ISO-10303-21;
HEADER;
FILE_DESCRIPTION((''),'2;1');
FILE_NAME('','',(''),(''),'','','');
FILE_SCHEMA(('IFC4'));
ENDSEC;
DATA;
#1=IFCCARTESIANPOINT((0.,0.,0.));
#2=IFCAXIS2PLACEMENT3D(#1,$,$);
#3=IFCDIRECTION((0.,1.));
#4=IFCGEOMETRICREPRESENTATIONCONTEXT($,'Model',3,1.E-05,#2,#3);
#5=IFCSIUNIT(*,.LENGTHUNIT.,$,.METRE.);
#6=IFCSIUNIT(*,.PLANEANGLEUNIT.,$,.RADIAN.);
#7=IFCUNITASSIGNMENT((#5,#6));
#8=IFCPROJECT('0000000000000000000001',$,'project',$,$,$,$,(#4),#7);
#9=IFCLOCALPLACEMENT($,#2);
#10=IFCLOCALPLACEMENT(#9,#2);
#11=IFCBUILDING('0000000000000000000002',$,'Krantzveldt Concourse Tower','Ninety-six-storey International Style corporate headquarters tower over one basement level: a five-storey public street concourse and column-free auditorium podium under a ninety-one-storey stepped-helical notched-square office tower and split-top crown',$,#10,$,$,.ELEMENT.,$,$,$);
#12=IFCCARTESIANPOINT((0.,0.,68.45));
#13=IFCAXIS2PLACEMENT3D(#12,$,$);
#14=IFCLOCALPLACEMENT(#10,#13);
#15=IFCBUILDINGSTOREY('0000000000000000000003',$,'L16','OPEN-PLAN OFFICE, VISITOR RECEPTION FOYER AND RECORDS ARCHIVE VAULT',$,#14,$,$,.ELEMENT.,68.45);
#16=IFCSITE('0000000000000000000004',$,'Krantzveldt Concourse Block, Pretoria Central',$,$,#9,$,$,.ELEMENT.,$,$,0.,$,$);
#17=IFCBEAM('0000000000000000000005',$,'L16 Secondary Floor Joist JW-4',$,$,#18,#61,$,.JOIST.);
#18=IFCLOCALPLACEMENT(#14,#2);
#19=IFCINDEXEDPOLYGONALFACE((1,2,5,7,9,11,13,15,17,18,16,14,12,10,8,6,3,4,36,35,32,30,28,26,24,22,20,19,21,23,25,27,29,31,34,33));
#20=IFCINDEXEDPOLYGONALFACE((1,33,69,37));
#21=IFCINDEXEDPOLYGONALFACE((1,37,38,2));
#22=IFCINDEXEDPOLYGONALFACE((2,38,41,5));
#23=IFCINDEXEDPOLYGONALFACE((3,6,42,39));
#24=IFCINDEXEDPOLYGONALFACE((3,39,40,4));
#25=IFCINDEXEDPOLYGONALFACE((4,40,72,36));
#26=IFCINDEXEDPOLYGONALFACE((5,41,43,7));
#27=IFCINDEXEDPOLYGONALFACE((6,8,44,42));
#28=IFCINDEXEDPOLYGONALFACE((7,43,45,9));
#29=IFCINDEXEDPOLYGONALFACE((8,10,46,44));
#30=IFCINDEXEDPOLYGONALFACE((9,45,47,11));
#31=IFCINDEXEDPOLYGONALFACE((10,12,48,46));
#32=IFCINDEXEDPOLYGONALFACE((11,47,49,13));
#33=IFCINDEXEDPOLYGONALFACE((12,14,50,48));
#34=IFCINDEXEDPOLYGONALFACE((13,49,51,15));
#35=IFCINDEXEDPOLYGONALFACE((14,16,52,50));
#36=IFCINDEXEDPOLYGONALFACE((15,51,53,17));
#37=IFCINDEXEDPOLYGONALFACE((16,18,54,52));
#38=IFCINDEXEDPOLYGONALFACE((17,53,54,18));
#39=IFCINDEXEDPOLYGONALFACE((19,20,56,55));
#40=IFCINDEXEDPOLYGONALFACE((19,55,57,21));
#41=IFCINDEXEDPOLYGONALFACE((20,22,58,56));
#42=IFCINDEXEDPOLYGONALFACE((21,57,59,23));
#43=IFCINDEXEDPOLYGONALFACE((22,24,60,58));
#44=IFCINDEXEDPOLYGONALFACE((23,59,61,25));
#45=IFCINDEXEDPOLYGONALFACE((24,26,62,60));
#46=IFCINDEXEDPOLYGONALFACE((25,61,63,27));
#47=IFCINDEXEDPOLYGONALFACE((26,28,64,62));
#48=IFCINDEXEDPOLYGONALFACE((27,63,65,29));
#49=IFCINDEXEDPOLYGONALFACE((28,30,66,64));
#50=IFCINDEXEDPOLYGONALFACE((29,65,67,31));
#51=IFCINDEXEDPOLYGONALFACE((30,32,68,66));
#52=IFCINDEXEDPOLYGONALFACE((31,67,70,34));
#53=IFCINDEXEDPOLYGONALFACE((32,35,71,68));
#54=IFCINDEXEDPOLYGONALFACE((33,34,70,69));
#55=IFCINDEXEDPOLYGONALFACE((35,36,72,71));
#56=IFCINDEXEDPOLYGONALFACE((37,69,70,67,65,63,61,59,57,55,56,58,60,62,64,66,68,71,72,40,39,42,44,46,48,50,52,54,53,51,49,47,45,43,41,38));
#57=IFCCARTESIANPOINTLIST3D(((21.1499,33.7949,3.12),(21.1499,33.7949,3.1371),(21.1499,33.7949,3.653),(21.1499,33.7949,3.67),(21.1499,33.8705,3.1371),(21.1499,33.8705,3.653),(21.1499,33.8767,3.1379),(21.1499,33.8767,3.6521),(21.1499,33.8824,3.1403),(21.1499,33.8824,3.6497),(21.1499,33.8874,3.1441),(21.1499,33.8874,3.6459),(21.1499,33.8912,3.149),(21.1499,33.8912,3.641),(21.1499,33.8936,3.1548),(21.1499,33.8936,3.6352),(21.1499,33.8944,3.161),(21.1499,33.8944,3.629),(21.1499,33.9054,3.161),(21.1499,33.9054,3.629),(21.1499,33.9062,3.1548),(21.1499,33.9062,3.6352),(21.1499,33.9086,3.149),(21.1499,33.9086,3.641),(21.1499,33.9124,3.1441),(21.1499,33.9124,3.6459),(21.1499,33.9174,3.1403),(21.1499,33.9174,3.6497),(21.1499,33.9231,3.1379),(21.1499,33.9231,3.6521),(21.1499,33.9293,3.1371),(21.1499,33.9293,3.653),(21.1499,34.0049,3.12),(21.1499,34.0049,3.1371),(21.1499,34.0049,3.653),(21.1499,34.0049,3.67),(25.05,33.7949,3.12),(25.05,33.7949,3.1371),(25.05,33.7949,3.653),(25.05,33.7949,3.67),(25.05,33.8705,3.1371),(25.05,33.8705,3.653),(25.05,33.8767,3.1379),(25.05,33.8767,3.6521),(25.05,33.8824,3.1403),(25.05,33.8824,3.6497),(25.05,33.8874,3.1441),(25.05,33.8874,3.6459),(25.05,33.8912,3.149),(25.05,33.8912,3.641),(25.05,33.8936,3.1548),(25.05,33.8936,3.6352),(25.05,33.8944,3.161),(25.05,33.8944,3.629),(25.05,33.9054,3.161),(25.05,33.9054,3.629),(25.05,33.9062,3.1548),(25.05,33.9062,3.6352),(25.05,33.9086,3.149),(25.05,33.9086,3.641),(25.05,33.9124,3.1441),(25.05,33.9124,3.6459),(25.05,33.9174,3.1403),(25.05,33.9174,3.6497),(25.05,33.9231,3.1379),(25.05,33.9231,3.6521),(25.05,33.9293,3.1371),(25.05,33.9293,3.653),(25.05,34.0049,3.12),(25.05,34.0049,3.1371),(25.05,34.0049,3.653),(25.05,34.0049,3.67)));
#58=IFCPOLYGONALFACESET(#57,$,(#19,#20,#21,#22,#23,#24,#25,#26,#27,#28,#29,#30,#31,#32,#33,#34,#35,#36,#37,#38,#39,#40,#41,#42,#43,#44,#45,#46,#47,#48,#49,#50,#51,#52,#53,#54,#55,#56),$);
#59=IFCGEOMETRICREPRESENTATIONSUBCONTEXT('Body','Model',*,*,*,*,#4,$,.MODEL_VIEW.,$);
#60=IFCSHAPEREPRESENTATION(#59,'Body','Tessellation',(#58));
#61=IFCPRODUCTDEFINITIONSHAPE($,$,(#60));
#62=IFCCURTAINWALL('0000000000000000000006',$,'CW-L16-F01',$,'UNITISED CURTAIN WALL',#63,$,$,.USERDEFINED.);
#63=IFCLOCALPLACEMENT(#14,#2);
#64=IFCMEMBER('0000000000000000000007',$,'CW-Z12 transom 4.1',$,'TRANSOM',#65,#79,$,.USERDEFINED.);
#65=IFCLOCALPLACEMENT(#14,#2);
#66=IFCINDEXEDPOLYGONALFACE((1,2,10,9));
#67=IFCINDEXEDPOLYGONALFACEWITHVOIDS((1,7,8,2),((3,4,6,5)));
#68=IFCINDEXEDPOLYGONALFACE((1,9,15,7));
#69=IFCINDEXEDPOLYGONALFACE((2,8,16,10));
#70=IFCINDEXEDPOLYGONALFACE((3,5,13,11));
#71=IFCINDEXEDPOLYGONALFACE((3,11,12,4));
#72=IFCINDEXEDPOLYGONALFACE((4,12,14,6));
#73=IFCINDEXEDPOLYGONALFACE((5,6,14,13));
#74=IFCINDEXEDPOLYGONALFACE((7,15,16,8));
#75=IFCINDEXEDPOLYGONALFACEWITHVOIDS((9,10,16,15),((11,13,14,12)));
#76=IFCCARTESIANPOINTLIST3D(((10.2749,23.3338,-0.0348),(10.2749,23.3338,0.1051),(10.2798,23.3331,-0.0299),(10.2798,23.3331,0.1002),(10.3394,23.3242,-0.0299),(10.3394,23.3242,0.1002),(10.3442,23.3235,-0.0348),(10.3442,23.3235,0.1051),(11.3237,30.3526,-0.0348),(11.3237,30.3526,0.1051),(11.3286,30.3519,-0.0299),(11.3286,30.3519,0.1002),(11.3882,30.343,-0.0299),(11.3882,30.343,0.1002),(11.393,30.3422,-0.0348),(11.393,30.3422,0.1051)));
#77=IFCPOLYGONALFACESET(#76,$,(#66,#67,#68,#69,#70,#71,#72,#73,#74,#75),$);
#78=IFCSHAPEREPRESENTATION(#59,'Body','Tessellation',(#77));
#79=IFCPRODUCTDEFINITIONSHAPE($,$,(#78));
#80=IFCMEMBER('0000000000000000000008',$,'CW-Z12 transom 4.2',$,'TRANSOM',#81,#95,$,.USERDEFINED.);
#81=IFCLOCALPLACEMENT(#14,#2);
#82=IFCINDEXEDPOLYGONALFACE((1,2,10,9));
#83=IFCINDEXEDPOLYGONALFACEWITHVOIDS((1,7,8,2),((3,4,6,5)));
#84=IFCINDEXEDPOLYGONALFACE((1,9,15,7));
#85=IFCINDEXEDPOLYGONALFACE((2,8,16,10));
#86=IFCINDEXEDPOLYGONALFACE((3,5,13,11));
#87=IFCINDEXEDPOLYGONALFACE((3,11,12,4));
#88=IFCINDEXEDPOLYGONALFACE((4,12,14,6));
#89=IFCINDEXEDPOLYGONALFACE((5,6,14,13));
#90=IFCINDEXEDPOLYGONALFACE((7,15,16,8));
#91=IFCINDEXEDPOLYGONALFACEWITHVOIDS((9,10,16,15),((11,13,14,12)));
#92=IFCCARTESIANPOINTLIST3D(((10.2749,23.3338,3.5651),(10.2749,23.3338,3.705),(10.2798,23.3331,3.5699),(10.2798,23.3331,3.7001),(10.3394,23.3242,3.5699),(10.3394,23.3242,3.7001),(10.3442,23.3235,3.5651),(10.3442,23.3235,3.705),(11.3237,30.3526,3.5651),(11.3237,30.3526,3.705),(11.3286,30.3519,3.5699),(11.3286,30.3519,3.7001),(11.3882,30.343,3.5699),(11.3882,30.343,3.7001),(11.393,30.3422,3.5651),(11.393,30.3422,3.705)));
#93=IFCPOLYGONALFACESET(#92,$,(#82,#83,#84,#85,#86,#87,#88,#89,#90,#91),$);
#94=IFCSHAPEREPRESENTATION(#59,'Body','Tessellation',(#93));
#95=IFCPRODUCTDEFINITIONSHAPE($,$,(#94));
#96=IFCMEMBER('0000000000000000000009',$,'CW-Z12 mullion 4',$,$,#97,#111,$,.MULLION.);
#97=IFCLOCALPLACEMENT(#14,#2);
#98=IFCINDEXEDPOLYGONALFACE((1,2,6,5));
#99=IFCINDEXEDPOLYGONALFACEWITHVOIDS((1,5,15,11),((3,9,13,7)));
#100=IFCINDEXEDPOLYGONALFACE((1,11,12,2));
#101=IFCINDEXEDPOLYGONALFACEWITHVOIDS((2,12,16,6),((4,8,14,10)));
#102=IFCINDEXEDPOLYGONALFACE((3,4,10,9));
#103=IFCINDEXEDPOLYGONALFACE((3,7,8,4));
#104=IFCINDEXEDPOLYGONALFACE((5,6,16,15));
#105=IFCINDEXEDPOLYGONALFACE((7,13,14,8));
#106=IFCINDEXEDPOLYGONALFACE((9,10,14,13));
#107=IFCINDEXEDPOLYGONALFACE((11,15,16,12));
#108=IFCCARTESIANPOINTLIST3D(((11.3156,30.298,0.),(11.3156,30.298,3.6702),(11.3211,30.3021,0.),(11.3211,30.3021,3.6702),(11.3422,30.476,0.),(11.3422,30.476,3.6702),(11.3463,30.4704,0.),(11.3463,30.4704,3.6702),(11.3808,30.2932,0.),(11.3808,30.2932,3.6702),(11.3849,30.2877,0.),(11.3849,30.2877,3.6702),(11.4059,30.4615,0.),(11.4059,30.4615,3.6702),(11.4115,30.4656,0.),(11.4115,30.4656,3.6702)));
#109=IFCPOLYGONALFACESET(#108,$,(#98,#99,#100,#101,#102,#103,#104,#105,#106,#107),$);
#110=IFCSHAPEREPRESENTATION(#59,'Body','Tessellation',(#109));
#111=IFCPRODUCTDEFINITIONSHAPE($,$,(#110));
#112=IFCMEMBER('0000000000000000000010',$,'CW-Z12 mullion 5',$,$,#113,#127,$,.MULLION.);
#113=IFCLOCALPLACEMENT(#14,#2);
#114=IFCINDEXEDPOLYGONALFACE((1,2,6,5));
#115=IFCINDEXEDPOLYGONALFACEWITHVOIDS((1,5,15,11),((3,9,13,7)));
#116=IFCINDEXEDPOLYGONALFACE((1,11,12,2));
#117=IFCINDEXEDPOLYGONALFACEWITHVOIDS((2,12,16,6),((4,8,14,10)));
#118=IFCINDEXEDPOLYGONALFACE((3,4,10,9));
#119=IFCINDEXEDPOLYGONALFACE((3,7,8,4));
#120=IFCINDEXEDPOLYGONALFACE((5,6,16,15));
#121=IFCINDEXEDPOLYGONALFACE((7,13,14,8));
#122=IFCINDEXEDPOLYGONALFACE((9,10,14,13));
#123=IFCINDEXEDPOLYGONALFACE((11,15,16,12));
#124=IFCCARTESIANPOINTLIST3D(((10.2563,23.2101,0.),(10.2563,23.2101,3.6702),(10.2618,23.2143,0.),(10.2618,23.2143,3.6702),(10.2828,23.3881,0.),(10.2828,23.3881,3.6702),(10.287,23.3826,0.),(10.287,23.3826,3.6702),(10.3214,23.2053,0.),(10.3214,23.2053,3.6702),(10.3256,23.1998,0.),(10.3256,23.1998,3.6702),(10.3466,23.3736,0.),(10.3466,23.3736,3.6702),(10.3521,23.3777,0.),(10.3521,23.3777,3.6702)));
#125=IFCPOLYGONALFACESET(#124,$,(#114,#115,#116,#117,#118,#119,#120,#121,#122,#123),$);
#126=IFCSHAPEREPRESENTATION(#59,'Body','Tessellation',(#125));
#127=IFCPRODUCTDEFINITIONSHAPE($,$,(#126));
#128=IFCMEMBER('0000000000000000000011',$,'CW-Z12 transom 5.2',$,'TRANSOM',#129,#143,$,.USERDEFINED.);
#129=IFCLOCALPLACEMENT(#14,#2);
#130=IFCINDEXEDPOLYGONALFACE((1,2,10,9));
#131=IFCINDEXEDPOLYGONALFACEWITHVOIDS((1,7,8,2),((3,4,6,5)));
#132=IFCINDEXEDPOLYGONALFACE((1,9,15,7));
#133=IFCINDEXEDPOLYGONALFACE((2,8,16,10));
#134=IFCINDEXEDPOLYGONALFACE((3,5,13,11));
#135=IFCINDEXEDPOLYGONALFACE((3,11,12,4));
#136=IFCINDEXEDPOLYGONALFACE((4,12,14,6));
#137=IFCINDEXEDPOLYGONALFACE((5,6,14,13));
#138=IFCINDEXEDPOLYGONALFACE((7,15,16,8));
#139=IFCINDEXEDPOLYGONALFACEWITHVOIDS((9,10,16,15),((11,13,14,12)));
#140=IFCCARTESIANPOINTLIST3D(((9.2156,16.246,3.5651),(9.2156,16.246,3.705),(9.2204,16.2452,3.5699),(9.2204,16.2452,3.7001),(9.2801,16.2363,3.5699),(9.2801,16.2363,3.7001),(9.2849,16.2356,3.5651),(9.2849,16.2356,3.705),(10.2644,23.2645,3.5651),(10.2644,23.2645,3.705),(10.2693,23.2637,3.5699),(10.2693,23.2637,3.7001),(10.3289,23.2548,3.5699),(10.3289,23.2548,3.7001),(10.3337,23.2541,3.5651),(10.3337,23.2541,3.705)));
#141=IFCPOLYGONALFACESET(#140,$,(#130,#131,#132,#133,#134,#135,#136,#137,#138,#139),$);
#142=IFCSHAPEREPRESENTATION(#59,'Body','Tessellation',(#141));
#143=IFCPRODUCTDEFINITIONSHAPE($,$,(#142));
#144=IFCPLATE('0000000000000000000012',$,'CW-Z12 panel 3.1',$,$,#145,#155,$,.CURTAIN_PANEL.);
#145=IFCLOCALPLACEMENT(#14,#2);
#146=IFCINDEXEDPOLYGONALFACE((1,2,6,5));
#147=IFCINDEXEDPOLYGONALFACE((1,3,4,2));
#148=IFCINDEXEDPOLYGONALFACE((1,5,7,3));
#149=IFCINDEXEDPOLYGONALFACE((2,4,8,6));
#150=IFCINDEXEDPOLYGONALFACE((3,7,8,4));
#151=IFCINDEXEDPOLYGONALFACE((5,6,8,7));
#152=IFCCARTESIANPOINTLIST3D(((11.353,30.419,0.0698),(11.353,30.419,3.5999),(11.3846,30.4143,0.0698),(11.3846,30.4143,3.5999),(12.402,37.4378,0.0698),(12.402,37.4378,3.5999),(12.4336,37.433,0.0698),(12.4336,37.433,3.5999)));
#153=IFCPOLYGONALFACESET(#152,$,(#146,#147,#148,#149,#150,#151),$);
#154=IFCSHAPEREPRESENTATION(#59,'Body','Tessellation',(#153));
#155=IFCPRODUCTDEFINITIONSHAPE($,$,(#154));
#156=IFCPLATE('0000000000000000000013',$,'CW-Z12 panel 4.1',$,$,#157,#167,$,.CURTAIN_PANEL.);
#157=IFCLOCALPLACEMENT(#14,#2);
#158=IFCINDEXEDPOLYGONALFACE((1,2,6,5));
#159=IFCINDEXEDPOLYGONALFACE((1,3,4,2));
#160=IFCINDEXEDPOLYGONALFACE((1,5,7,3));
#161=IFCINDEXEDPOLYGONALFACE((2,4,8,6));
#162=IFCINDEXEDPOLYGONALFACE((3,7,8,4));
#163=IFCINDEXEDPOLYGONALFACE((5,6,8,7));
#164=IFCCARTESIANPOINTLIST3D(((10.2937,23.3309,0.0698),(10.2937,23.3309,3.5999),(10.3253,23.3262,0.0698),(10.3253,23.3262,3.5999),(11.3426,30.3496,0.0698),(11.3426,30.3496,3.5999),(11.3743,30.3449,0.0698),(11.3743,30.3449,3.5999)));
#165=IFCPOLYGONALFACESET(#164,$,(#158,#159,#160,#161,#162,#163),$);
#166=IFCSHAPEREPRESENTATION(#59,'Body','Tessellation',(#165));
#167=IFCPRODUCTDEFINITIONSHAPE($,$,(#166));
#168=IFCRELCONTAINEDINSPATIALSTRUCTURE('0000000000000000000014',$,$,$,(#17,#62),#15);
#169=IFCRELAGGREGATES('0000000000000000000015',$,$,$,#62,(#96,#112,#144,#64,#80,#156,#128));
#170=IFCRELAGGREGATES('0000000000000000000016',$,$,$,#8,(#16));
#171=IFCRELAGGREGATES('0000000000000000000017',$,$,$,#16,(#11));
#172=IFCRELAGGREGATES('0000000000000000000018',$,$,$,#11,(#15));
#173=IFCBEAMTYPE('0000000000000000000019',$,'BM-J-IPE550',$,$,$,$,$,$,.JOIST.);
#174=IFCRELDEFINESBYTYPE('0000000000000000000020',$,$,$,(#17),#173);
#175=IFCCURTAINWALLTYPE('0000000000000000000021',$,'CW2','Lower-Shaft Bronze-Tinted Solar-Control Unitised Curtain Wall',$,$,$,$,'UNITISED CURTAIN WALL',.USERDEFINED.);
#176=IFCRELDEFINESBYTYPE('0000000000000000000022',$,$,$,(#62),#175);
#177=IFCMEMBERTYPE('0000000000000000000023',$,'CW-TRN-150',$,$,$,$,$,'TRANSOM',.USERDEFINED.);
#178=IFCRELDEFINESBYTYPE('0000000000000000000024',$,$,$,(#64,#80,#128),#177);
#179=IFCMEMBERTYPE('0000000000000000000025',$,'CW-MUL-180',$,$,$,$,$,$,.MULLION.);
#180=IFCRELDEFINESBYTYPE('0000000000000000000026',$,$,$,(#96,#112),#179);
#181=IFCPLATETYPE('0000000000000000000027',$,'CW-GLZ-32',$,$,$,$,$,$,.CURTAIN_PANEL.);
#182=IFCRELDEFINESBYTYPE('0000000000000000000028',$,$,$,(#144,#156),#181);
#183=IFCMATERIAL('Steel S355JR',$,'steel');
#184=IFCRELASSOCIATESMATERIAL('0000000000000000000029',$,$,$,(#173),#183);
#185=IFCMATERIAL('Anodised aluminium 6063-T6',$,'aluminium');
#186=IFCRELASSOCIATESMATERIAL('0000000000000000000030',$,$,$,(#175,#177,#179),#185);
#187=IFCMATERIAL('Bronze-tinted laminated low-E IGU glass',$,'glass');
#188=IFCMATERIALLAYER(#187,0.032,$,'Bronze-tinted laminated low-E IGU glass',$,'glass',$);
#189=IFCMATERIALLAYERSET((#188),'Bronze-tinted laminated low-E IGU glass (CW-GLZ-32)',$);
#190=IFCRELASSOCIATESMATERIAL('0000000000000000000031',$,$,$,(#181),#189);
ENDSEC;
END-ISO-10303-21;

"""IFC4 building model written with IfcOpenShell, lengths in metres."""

from ifc_helpers import new_model, si_unit, direction, frame, origin, origin_2d, place, context, subcontext, project, spatial, rectangle, hollow_rectangle, i_section, extrude, source, transform, mapped, material, layer, layer_set, material_profile, profile_set, type_object, type_shapes, element, aggregate, save


model = new_model("IFC4")

# Units and contexts
model_context = context("Model", 3, precision=1e-05, world=origin(), true_north=direction((0.0, 1.0)))
body_context = subcontext(model_context, "Body", "Model", "MODEL_VIEW")
ifc_project = project(units=[si_unit("LENGTHUNIT", "METRE"), si_unit("PLANEANGLEUNIT", "RADIAN")], contexts=[model_context])

# Site, building, storey
site_placement = place(None, origin())
site = spatial("IfcSite", under=ifc_project, at=site_placement, Name="Krantzveldt Concourse Block, Pretoria Central", CompositionType="ELEMENT", RefElevation=0.0)
building_placement = place(site_placement, origin())
building = spatial("IfcBuilding", under=site, at=building_placement, Name="Krantzveldt Concourse Tower", Description="Ninety-six-storey International Style corporate headquarters tower over one basement level: a five-storey public street concourse and column-free auditorium podium under a ninety-one-storey stepped-helical notched-square office tower and split-top crown", CompositionType="ELEMENT")
storey_placement = place(building_placement, frame((0.0, 0.0, 68.45)))
storey = spatial("IfcBuildingStorey", under=building, at=storey_placement, Name="L16", Description="OPEN-PLAN OFFICE, VISITOR RECEPTION FOYER AND RECORDS ARCHIVE VAULT", CompositionType="ELEMENT", Elevation=68.45)

# Beam
ifc_material_1 = material(Name="Steel S355JR", Category="steel")
ifc_material_profile_1 = material_profile(ifc_material_1, i_section(OverallWidth=0.21, OverallDepth=0.55, WebThickness=0.011, FlangeThickness=0.0171, FilletRadius=0.0239, at=origin_2d()), Name="Steel S355JR", Category="steel")
ifc_profile_set_1 = profile_set([ifc_material_profile_1], Name="Steel S355JR - IPE 550")
beam_type_1 = type_object("IfcBeamType", Name="BM-J-IPE550", PredefinedType="JOIST", material=ifc_profile_set_1)
shared_shape_1 = source(origin(), body_context, "Body", "SweptSolid", [
    extrude(i_section(OverallWidth=0.21, OverallDepth=0.55, WebThickness=0.011, FlangeThickness=0.0171, FilletRadius=0.0239, at=origin_2d()), origin(), (0.0, 0.0, 1.0), 3.9001),
])
type_shapes(beam_type_1, [shared_shape_1])
for number, where, z_axis, x_axis, name in (
    (1, (21.1499, 33.8999, 3.395), (1.0, 0.0, 0.0), (0.0, 1.0, 0.0), "L16 Secondary Floor Joist JW-4"),
):
    element("IfcBeam", number, at=place(storey_placement, frame(where, z_axis=z_axis, x_axis=x_axis)), inside=storey, type_object=beam_type_1, Name=name, PredefinedType="JOIST", context=body_context, shape_type="MappedRepresentation", body=[
        mapped(shared_shape_1, transform((0.0, 0.0, 0.0), x_axis=(1.0, 0.0, 0.0), y_axis=(0.0, 1.0, 0.0), z_axis=(0.0, 0.0, 1.0), scale=1.0)),
    ])

# Curtain wall, members, plates
ifc_material_2 = material(Name="Anodised aluminium 6063-T6", Category="aluminium")
curtain_wall_type = type_object("IfcCurtainWallType", Name="CW2", Description="Lower-Shaft Bronze-Tinted Solar-Control Unitised Curtain Wall", ElementType="UNITISED CURTAIN WALL", PredefinedType="USERDEFINED", material=ifc_material_2)
curtain_wall_placement = place(storey_placement, origin())
curtain_wall = element("IfcCurtainWall", 2, at=curtain_wall_placement, inside=storey, type_object=curtain_wall_type, Name="CW-L16-F01", ObjectType="UNITISED CURTAIN WALL", PredefinedType="USERDEFINED")
ifc_material_profile_2 = material_profile(ifc_material_2, hollow_rectangle(XDim=0.0701, YDim=0.1399, WallThickness=0.0049, at=origin_2d()), Name="Anodised aluminium 6063-T6", Category="aluminium")
ifc_profile_set_2 = profile_set([ifc_material_profile_2], Name="Anodised aluminium 6063-T6 - ALU-TRAN 140x70x5")
member_type_1 = type_object("IfcMemberType", Name="CW-TRN-150", ElementType="TRANSOM", PredefinedType="USERDEFINED", material=ifc_profile_set_2)
shared_shape_2 = source(origin(), body_context, "Body", "SweptSolid", [
    extrude(hollow_rectangle(XDim=0.0701, YDim=0.1399, WallThickness=0.0049, at=origin_2d()), origin(), (0.0, 0.0, 1.0), 7.0967),
])
member_1_placement = place(storey_placement, frame((11.3584, 30.3474, 0.0352), z_axis=(-0.14779, -0.989019, 0.0), x_axis=(0.989019, -0.14779, 0.0)))
member_1 = element("IfcMember", 3, at=member_1_placement, type_object=member_type_1, Name="CW-Z12 transom 4.1", ObjectType="TRANSOM", PredefinedType="USERDEFINED", context=body_context, shape_type="MappedRepresentation", body=[
    mapped(shared_shape_2, transform((0.0, 0.0, 0.0), x_axis=(1.0, 0.0, 0.0), y_axis=(0.0, 1.0, 0.0), z_axis=(0.0, 0.0, 1.0), scale=1.0)),
])
member_2_placement = place(storey_placement, frame((11.3584, 30.3474, 3.635), z_axis=(-0.14779, -0.989019, 0.0), x_axis=(0.989019, -0.14779, 0.0)))
member_2 = element("IfcMember", 4, at=member_2_placement, type_object=member_type_1, Name="CW-Z12 transom 4.2", ObjectType="TRANSOM", PredefinedType="USERDEFINED", context=body_context, shape_type="MappedRepresentation", body=[
    mapped(shared_shape_2, transform((0.0, 0.0, 0.0), x_axis=(1.0, 0.0, 0.0), y_axis=(0.0, 1.0, 0.0), z_axis=(0.0, 0.0, 1.0), scale=1.0)),
])
ifc_material_profile_3 = material_profile(ifc_material_2, hollow_rectangle(XDim=0.0701, YDim=0.1799, WallThickness=0.0049, at=origin_2d()), Name="Anodised aluminium 6063-T6", Category="aluminium")
ifc_profile_set_3 = profile_set([ifc_material_profile_3], Name="Anodised aluminium 6063-T6 - ALU-MULL 180x70x5")
member_type_2 = type_object("IfcMemberType", Name="CW-MUL-180", PredefinedType="MULLION", material=ifc_profile_set_3)
shared_shape_3 = source(origin(), body_context, "Body", "SweptSolid", [
    extrude(hollow_rectangle(XDim=0.0701, YDim=0.1799, WallThickness=0.0049, at=origin_2d()), origin(), (0.0, 0.0, 1.0), 3.6702),
])
type_shapes(member_type_2, [shared_shape_3])
member_3_placement = place(storey_placement, frame((11.3635, 30.3818, 0.0), z_axis=(0.0, 0.0, 1.0), x_axis=(0.989016, -0.14781, 0.0)))
member_3 = element("IfcMember", 5, at=member_3_placement, type_object=member_type_2, Name="CW-Z12 mullion 4", PredefinedType="MULLION", context=body_context, shape_type="MappedRepresentation", body=[
    mapped(shared_shape_3, transform((0.0, 0.0, 0.0), x_axis=(1.0, 0.0, 0.0), y_axis=(0.0, 1.0, 0.0), z_axis=(0.0, 0.0, 1.0), scale=1.0)),
])
member_4_placement = place(storey_placement, frame((10.3042, 23.2939, 0.0), z_axis=(0.0, 0.0, 1.0), x_axis=(0.989016, -0.14781, 0.0)))
member_4 = element("IfcMember", 6, at=member_4_placement, type_object=member_type_2, Name="CW-Z12 mullion 5", PredefinedType="MULLION", context=body_context, shape_type="MappedRepresentation", body=[
    mapped(shared_shape_3, transform((0.0, 0.0, 0.0), x_axis=(1.0, 0.0, 0.0), y_axis=(0.0, 1.0, 0.0), z_axis=(0.0, 0.0, 1.0), scale=1.0)),
])
shared_shape_4 = source(origin(), body_context, "Body", "SweptSolid", [
    extrude(hollow_rectangle(XDim=0.0701, YDim=0.1399, WallThickness=0.0049, at=origin_2d()), origin(), (0.0, 0.0, 1.0), 7.0964),
])
type_shapes(member_type_1, [shared_shape_2, shared_shape_4])
member_5_placement = place(storey_placement, frame((10.2991, 23.2593, 3.635), z_axis=(-0.147795, -0.989018, 0.0), x_axis=(0.989018, -0.147795, 0.0)))
member_5 = element("IfcMember", 7, at=member_5_placement, type_object=member_type_1, Name="CW-Z12 transom 5.2", ObjectType="TRANSOM", PredefinedType="USERDEFINED", context=body_context, shape_type="MappedRepresentation", body=[
    mapped(shared_shape_4, transform((0.0, 0.0, 0.0), x_axis=(1.0, 0.0, 0.0), y_axis=(0.0, 1.0, 0.0), z_axis=(0.0, 0.0, 1.0), scale=1.0)),
])
ifc_material_3 = material(Name="Bronze-tinted laminated low-E IGU glass", Category="glass")
ifc_layer_1 = layer(ifc_material_3, 0.032, Name="Bronze-tinted laminated low-E IGU glass", Category="glass")
ifc_layer_set_1 = layer_set([ifc_layer_1], Name="Bronze-tinted laminated low-E IGU glass (CW-GLZ-32)")
plate_type = type_object("IfcPlateType", Name="CW-GLZ-32", PredefinedType="CURTAIN_PANEL", material=ifc_layer_set_1)
shared_shape_5 = source(origin(), body_context, "Body", "SweptSolid", [
    extrude(rectangle(XDim=7.0967, YDim=0.032, at=origin_2d()), origin(), (0.0, 0.0, 1.0), 3.53),
])
type_shapes(plate_type, [shared_shape_5])
plate_1_placement = place(storey_placement, frame((11.8933, 33.926, 0.0698), z_axis=(0.0, 0.0, 1.0), x_axis=(-0.14781, -0.989016, 0.0)))
plate_1 = element("IfcPlate", 8, at=plate_1_placement, type_object=plate_type, Name="CW-Z12 panel 3.1", PredefinedType="CURTAIN_PANEL", context=body_context, shape_type="MappedRepresentation", body=[
    mapped(shared_shape_5, transform((0.0, 0.0, 0.0), x_axis=(1.0, 0.0, 0.0), y_axis=(0.0, 1.0, 0.0), z_axis=(0.0, 0.0, 1.0), scale=1.0)),
])
plate_2_placement = place(storey_placement, frame((10.834, 26.8379, 0.0698), z_axis=(0.0, 0.0, 1.0), x_axis=(-0.14781, -0.989016, 0.0)))
plate_2 = element("IfcPlate", 9, at=plate_2_placement, type_object=plate_type, Name="CW-Z12 panel 4.1", PredefinedType="CURTAIN_PANEL", context=body_context, shape_type="MappedRepresentation", body=[
    mapped(shared_shape_5, transform((0.0, 0.0, 0.0), x_axis=(1.0, 0.0, 0.0), y_axis=(0.0, 1.0, 0.0), z_axis=(0.0, 0.0, 1.0), scale=1.0)),
])
aggregate(curtain_wall, [member_3, member_4, plate_1, member_1, member_2, plate_2, member_5])

save(model, "model.ifc")
